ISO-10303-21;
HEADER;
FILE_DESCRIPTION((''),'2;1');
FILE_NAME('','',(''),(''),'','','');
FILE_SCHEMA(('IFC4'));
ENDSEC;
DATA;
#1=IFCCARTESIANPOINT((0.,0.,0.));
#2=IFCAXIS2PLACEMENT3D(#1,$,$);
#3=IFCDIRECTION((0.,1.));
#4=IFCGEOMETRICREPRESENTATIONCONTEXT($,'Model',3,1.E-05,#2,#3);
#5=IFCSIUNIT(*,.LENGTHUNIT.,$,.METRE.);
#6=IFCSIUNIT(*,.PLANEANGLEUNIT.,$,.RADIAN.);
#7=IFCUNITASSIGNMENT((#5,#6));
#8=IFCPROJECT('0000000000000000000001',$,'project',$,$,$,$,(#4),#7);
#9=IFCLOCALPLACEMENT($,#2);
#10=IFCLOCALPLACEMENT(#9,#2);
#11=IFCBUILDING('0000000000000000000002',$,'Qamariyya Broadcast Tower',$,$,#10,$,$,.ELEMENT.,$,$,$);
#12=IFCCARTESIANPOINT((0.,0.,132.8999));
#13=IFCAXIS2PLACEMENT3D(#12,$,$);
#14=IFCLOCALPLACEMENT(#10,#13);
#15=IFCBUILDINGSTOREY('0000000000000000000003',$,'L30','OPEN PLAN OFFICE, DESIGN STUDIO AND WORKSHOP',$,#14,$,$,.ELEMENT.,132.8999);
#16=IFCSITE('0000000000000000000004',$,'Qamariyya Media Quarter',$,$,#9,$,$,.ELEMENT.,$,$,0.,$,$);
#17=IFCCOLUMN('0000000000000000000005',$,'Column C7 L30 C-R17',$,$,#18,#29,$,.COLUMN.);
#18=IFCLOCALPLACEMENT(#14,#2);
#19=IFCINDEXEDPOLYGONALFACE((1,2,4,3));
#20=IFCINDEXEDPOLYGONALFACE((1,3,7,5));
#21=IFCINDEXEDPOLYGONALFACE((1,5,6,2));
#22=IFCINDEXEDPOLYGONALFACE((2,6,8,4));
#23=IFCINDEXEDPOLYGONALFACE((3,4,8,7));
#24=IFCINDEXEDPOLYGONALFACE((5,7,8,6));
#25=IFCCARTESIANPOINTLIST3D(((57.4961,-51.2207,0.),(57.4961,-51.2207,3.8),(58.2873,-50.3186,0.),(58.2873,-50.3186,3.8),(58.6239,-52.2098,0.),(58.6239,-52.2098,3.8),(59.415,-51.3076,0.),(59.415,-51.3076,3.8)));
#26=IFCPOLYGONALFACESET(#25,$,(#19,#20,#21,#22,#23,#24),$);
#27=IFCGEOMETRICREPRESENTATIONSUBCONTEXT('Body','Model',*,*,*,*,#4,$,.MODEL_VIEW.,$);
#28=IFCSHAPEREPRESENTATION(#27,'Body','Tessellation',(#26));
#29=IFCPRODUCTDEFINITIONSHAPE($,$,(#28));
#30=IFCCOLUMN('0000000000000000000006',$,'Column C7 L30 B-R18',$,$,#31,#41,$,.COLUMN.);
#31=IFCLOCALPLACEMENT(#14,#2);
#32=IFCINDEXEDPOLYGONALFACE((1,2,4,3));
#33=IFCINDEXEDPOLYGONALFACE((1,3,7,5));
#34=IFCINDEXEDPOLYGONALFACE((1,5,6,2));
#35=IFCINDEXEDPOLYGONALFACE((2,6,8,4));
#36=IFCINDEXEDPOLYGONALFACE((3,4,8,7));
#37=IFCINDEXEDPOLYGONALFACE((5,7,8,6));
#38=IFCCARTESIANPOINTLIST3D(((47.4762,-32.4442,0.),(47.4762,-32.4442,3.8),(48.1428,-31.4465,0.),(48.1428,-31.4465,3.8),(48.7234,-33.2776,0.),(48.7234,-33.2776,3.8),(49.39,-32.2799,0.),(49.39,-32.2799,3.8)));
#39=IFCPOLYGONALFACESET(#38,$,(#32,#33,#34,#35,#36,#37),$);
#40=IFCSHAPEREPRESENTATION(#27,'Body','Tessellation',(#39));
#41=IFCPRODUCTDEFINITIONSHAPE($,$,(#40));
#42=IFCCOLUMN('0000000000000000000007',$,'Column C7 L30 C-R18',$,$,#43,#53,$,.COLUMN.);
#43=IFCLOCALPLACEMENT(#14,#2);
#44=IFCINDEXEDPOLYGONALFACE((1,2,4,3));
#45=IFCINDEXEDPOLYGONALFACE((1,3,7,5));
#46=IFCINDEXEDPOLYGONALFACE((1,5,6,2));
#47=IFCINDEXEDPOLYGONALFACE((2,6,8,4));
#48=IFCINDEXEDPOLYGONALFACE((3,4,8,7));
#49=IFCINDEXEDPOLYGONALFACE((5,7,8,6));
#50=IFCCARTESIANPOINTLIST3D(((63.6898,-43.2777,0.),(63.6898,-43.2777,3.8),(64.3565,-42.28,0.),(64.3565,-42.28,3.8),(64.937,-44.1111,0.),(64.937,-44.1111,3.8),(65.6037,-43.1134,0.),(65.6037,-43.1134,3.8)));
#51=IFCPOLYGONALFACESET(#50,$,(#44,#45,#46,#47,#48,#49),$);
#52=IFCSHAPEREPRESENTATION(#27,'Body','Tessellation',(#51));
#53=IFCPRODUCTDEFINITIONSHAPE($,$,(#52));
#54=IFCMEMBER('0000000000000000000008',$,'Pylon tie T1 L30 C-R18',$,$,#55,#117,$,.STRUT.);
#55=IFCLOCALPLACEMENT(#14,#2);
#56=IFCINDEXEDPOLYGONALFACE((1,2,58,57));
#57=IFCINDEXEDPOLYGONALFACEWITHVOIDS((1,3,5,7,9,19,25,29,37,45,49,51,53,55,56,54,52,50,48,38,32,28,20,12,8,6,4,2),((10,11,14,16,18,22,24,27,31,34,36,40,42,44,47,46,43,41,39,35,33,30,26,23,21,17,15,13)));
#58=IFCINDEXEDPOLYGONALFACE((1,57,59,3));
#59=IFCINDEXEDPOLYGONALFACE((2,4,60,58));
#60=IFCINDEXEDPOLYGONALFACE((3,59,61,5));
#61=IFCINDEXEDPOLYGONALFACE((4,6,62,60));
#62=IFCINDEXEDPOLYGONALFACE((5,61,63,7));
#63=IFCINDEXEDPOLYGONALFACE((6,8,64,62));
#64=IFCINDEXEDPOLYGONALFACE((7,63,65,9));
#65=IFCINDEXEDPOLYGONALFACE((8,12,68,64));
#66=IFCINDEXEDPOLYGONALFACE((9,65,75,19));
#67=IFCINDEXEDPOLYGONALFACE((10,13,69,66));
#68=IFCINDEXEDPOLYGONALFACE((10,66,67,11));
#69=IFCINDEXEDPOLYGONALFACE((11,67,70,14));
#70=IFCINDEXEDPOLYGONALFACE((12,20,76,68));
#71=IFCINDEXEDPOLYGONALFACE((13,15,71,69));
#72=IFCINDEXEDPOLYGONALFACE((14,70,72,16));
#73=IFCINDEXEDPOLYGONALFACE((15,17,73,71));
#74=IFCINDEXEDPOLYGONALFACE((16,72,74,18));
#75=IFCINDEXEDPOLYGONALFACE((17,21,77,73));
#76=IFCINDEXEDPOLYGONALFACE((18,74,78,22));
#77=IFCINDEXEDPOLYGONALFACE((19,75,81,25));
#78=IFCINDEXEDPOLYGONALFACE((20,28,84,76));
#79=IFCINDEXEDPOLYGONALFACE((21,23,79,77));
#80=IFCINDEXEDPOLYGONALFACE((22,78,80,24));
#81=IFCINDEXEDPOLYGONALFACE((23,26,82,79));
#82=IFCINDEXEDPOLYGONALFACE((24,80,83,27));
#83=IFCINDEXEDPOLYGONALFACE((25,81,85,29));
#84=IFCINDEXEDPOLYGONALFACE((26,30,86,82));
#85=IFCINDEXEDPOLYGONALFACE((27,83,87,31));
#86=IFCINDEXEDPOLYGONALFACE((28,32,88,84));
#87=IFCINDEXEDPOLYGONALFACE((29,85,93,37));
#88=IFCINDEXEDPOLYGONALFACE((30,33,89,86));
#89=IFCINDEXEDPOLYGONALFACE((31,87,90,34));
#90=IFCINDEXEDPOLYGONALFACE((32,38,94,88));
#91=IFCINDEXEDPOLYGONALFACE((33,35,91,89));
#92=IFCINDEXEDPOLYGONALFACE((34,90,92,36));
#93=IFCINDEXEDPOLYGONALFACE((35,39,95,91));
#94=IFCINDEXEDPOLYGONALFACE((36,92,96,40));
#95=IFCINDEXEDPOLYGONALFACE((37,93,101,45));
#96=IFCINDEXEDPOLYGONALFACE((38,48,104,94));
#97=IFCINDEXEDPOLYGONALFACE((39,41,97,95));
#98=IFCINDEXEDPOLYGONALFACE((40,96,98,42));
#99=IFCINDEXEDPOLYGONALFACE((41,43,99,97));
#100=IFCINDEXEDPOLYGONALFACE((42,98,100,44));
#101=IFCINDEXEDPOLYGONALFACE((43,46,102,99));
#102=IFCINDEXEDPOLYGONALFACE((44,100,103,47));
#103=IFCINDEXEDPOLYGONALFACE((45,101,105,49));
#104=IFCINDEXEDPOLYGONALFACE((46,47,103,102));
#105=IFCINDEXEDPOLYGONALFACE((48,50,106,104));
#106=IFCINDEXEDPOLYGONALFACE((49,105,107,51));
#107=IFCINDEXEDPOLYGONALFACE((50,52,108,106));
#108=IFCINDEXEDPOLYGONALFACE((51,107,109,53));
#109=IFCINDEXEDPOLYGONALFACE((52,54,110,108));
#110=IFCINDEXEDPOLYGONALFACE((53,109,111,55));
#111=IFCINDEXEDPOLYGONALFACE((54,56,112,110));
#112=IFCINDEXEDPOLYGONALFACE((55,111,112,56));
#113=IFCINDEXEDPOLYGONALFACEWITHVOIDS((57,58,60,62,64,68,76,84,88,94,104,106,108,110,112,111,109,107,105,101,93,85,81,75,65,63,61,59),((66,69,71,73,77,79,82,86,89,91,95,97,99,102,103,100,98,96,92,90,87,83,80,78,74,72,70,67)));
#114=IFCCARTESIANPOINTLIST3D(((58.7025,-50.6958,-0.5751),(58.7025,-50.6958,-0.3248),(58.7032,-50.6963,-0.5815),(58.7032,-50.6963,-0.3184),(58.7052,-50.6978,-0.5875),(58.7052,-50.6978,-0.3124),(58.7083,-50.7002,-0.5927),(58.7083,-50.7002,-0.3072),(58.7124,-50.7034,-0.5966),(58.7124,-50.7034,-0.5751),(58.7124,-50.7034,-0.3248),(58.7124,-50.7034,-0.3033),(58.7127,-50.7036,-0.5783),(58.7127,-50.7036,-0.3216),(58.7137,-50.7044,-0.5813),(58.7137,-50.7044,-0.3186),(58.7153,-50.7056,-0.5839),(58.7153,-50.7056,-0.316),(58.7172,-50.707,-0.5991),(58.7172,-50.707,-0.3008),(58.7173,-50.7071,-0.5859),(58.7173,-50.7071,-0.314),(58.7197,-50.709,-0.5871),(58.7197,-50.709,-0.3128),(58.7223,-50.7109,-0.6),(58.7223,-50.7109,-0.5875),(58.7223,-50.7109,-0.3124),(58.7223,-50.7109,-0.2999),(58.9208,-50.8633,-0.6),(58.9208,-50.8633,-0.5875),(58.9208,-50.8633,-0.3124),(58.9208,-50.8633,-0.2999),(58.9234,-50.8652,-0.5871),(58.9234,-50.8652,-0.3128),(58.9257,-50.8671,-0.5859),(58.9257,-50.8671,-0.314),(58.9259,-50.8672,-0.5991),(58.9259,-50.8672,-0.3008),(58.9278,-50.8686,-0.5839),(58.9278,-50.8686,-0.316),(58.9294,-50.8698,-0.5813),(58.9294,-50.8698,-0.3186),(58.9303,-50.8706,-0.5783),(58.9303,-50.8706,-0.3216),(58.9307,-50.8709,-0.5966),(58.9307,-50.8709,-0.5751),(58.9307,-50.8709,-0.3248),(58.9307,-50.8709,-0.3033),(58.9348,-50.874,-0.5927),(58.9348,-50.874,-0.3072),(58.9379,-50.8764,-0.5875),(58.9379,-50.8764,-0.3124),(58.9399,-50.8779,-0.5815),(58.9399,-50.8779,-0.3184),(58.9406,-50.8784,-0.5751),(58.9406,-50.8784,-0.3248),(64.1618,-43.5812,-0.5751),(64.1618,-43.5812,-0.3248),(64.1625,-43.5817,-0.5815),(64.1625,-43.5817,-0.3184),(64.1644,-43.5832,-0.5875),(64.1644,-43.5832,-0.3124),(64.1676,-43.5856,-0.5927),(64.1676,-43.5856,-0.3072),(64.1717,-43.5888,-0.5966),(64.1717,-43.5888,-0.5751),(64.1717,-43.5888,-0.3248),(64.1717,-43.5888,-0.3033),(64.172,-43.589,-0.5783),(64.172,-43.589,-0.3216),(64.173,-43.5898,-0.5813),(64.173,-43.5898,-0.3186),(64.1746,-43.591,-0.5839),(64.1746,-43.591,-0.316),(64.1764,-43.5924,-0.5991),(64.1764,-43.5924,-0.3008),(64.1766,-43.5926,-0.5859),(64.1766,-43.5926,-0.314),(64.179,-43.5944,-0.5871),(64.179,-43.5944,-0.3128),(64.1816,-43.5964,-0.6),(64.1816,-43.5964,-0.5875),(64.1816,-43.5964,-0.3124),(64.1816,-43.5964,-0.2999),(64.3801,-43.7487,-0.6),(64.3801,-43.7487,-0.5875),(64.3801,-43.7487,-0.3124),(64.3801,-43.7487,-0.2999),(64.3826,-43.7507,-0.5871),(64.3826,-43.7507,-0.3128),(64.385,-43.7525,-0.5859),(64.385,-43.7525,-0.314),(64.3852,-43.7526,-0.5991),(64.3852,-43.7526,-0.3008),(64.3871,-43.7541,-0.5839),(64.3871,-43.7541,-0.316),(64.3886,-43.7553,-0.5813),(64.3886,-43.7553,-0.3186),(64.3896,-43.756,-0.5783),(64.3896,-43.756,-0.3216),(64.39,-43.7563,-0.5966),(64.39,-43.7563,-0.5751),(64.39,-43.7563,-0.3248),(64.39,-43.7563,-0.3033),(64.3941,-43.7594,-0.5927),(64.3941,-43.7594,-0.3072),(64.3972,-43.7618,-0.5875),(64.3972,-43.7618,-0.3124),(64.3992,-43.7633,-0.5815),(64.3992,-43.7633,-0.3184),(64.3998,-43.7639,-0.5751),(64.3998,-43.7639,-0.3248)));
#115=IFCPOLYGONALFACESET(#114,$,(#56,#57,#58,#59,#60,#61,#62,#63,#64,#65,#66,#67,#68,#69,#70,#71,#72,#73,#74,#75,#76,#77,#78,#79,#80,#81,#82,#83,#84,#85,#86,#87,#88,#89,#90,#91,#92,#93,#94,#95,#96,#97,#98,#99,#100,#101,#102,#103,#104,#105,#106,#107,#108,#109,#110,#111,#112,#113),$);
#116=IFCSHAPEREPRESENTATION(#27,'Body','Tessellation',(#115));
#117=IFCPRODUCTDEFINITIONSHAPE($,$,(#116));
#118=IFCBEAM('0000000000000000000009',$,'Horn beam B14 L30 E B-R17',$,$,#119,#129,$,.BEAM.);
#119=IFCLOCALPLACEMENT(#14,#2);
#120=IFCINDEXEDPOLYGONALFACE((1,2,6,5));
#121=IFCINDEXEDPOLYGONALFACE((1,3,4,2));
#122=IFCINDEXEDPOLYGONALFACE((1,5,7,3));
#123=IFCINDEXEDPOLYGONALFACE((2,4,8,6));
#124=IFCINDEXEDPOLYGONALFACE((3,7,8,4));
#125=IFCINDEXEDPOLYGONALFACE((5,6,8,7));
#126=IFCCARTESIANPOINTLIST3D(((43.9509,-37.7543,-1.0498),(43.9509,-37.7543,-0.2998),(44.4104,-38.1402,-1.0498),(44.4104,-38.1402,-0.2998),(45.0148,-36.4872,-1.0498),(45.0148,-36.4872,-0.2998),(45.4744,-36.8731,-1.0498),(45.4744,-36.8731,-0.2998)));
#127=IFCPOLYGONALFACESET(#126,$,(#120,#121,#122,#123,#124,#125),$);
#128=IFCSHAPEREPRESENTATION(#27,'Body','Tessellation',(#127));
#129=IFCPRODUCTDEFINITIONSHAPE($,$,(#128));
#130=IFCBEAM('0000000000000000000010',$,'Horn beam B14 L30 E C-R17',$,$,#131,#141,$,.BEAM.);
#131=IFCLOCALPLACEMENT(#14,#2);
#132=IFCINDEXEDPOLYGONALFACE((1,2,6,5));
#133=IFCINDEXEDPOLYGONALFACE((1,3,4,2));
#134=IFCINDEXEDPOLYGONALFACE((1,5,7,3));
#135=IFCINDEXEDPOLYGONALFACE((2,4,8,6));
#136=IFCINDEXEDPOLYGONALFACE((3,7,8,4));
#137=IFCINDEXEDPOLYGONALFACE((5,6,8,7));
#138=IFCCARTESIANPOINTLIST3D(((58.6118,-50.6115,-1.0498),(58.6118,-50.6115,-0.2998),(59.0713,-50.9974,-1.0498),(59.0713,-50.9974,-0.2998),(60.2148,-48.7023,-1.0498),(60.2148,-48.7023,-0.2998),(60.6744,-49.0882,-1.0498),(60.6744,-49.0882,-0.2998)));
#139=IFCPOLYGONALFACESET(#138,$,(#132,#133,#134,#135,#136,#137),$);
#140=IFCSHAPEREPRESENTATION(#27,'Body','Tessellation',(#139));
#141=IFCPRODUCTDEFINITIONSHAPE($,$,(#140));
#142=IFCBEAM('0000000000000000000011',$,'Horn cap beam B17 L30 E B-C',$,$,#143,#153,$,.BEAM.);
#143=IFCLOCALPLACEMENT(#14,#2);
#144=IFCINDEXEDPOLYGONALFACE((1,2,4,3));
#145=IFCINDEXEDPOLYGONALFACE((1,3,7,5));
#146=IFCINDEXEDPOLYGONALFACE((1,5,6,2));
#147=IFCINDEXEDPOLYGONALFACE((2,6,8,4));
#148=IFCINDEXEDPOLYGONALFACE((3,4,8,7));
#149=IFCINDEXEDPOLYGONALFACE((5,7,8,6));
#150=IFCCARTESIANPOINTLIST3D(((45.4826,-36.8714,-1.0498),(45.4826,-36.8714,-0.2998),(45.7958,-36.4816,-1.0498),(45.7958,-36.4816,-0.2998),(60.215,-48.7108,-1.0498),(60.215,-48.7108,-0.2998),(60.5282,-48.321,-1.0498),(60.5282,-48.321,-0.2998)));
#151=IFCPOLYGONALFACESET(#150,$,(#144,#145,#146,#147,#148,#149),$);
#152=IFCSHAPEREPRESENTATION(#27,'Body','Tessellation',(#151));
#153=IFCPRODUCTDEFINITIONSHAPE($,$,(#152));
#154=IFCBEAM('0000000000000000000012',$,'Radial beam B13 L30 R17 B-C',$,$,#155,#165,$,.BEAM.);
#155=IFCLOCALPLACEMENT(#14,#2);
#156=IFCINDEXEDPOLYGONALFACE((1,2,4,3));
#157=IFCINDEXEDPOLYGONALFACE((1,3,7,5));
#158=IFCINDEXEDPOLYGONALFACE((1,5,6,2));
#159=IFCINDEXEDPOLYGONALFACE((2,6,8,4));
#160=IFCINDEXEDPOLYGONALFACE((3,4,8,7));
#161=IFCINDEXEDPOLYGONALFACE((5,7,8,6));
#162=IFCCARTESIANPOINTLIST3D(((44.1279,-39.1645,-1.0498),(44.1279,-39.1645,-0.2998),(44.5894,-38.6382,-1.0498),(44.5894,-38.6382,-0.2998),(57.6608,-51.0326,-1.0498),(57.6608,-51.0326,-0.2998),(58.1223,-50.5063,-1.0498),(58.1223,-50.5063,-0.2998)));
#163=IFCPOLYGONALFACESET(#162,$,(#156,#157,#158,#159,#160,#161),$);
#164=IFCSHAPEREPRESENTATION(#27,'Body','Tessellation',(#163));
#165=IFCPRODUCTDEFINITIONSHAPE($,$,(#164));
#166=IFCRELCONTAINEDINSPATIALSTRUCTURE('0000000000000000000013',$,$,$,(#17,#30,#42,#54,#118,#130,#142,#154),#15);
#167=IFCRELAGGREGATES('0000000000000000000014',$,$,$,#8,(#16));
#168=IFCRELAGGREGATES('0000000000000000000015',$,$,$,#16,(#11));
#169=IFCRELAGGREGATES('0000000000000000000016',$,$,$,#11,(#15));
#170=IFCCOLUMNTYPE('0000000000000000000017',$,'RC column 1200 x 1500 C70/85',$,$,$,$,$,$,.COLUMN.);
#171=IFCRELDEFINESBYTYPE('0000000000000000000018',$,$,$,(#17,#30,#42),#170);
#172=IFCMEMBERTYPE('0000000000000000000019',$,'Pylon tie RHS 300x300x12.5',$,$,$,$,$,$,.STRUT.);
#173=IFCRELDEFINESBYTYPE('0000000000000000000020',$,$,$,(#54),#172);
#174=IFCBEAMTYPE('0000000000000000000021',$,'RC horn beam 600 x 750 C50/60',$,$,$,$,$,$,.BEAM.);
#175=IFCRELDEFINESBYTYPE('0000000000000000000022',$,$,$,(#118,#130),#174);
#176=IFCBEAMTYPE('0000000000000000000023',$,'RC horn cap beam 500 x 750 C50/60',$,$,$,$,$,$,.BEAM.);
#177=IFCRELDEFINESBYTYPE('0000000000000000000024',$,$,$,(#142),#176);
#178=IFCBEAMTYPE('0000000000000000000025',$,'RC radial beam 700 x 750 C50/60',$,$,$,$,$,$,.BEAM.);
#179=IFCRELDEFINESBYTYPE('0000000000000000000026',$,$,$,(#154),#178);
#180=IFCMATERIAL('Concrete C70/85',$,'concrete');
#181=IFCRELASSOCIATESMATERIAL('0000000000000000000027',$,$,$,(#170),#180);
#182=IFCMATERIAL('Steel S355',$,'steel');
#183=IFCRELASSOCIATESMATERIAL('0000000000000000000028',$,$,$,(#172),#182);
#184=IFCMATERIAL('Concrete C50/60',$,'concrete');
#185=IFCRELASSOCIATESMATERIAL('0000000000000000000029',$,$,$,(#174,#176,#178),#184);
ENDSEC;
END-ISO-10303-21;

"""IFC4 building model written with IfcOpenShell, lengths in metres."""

from ifc_helpers import new_model, si_unit, direction, frame, origin, origin_2d, place, context, subcontext, project, spatial, rectangle, hollow_rectangle, extrude, material, material_profile, profile_set, type_object, element, save


model = new_model("IFC4")

# Units and contexts
model_context = context("Model", 3, precision=1e-05, world=origin(), true_north=direction((0.0, 1.0)))
body_context = subcontext(model_context, "Body", "Model", "MODEL_VIEW")
ifc_project = project(units=[si_unit("LENGTHUNIT", "METRE"), si_unit("PLANEANGLEUNIT", "RADIAN")], contexts=[model_context])

# Site, building, storey
site_placement = place(None, origin())
site = spatial("IfcSite", under=ifc_project, at=site_placement, Name="Qamariyya Media Quarter", CompositionType="ELEMENT", RefElevation=0.0)
building_placement = place(site_placement, origin())
building = spatial("IfcBuilding", under=site, at=building_placement, Name="Qamariyya Broadcast Tower", CompositionType="ELEMENT")
storey_placement = place(building_placement, frame((0.0, 0.0, 132.8999)))
storey = spatial("IfcBuildingStorey", under=building, at=storey_placement, Name="L30", Description="OPEN PLAN OFFICE, DESIGN STUDIO AND WORKSHOP", CompositionType="ELEMENT", Elevation=132.8999)

# Columns
ifc_material_1 = material(Name="Concrete C70/85", Category="concrete")
ifc_material_profile_1 = material_profile(ifc_material_1, rectangle(XDim=1.2, YDim=1.5, at=origin_2d()))
ifc_profile_set_1 = profile_set([ifc_material_profile_1], Name="Concrete C70/85")
column_type = type_object("IfcColumnType", Name="RC column 1200 x 1500 C70/85", PredefinedType="COLUMN", material=ifc_profile_set_1)
for number, where, z_axis, x_axis, name in (
    (1, (58.4556, -51.2642, 0.0), (0.0, 0.0, 1.0), (0.659346, 0.75184, 0.0), "Column C7 L30 C-R17"),
    (2, (48.4331, -32.3621, 0.0), (0.0, 0.0, 1.0), (0.55557, 0.83147, 0.0), "Column C7 L30 B-R18"),
    (3, (64.6467, -43.1956, 0.0), (0.0, 0.0, 1.0), (0.55557, 0.83147, 0.0), "Column C7 L30 C-R18"),
):
    element("IfcColumn", number, at=place(storey_placement, frame(where, z_axis=z_axis, x_axis=x_axis)), inside=storey, type_object=column_type, Name=name, PredefinedType="COLUMN", context=body_context, shape_type="SweptSolid", body=[
        extrude(rectangle(XDim=1.2, YDim=1.5, at=origin_2d()), origin(), (0.0, 0.0, 1.0), 3.8),
    ])

# Member
ifc_material_2 = material(Name="Steel S355", Category="steel")
ifc_material_profile_2 = material_profile(ifc_material_2, hollow_rectangle(XDim=0.3, YDim=0.3, WallThickness=0.0125, InnerFilletRadius=0.0125, OuterFilletRadius=0.0249, at=origin_2d()))
ifc_profile_set_2 = profile_set([ifc_material_profile_2], Name="Steel S355")
member_type = type_object("IfcMemberType", Name="Pylon tie RHS 300x300x12.5", PredefinedType="STRUT", material=ifc_profile_set_2)
member_placement = place(storey_placement, frame((58.8215, -50.7871, -0.45), z_axis=(0.608767, 0.793349, 0.0), x_axis=(-0.793349, 0.608767, 0.0)))
element("IfcMember", 4, at=member_placement, inside=storey, type_object=member_type, Name="Pylon tie T1 L30 C-R18", PredefinedType="STRUT", context=body_context, shape_type="SweptSolid", body=[
    extrude(hollow_rectangle(XDim=0.3, YDim=0.3, WallThickness=0.0125, InnerFilletRadius=0.0125, OuterFilletRadius=0.0249, at=origin_2d()), origin(), (0.0, 0.0, 1.0), 8.9678),
])

# Beams
ifc_material_3 = material(Name="Concrete C50/60", Category="concrete")
ifc_material_profile_3 = material_profile(ifc_material_3, rectangle(XDim=0.6001, YDim=0.75, at=origin_2d()))
ifc_profile_set_3 = profile_set([ifc_material_profile_3], Name="Concrete C50/60")
beam_type_1 = type_object("IfcBeamType", Name="RC horn beam 600 x 750 C50/60", PredefinedType="BEAM", material=ifc_profile_set_3)
beam_1_placement = place(storey_placement, frame((44.1807, -37.9473, -0.6748), z_axis=(0.643054, 0.765821, 0.0), x_axis=(-0.765821, 0.643054, 0.0)))
element("IfcBeam", 5, at=beam_1_placement, inside=storey, type_object=beam_type_1, Name="Horn beam B14 L30 E B-R17", PredefinedType="BEAM", context=body_context, shape_type="SweptSolid", body=[
    extrude(rectangle(XDim=0.6001, YDim=0.75, at=origin_2d()), origin(), (0.0, 0.0, 1.0), 1.6545),
])
beam_2_placement = place(storey_placement, frame((58.8416, -50.8044, -0.6748), z_axis=(0.643031, 0.76584, 0.0), x_axis=(-0.76584, 0.643031, 0.0)))
element("IfcBeam", 6, at=beam_2_placement, inside=storey, type_object=beam_type_1, Name="Horn beam B14 L30 E C-R17", PredefinedType="BEAM", context=body_context, shape_type="SweptSolid", body=[
    extrude(rectangle(XDim=0.6001, YDim=0.75, at=origin_2d()), origin(), (0.0, 0.0, 1.0), 2.4929),
])
ifc_material_profile_4 = material_profile(ifc_material_3, rectangle(XDim=0.5, YDim=0.75, at=origin_2d()))
ifc_profile_set_4 = profile_set([ifc_material_profile_4], Name="Concrete C50/60")
beam_type_2 = type_object("IfcBeamType", Name="RC horn cap beam 500 x 750 C50/60", PredefinedType="BEAM", material=ifc_profile_set_4)
beam_3_placement = place(storey_placement, frame((45.6392, -36.6765, -0.6748), z_axis=(0.779488, -0.626417, 0.0), x_axis=(0.626417, 0.779488, 0.0)))
element("IfcBeam", 7, at=beam_3_placement, inside=storey, type_object=beam_type_2, Name="Horn cap beam B17 L30 E B-C", PredefinedType="BEAM", context=body_context, shape_type="SweptSolid", body=[
    extrude(rectangle(XDim=0.5, YDim=0.75, at=origin_2d()), origin(), (0.0, 0.0, 1.0), 18.9001),
])
ifc_material_profile_5 = material_profile(ifc_material_3, rectangle(XDim=0.7, YDim=0.75, at=origin_2d()))
ifc_profile_set_5 = profile_set([ifc_material_profile_5], Name="Concrete C50/60")
beam_type_3 = type_object("IfcBeamType", Name="RC radial beam 700 x 750 C50/60", PredefinedType="BEAM", material=ifc_profile_set_5)
beam_4_placement = place(storey_placement, frame((44.3586, -38.9014, -0.6748), z_axis=(0.751838, -0.659348, 0.0), x_axis=(0.659348, 0.751838, 0.0)))
element("IfcBeam", 8, at=beam_4_placement, inside=storey, type_object=beam_type_3, Name="Radial beam B13 L30 R17 B-C", PredefinedType="BEAM", context=body_context, shape_type="SweptSolid", body=[
    extrude(rectangle(XDim=0.7, YDim=0.75, at=origin_2d()), origin(), (0.0, 0.0, 1.0), 17.9998),
])

save(model, "model.ifc")
